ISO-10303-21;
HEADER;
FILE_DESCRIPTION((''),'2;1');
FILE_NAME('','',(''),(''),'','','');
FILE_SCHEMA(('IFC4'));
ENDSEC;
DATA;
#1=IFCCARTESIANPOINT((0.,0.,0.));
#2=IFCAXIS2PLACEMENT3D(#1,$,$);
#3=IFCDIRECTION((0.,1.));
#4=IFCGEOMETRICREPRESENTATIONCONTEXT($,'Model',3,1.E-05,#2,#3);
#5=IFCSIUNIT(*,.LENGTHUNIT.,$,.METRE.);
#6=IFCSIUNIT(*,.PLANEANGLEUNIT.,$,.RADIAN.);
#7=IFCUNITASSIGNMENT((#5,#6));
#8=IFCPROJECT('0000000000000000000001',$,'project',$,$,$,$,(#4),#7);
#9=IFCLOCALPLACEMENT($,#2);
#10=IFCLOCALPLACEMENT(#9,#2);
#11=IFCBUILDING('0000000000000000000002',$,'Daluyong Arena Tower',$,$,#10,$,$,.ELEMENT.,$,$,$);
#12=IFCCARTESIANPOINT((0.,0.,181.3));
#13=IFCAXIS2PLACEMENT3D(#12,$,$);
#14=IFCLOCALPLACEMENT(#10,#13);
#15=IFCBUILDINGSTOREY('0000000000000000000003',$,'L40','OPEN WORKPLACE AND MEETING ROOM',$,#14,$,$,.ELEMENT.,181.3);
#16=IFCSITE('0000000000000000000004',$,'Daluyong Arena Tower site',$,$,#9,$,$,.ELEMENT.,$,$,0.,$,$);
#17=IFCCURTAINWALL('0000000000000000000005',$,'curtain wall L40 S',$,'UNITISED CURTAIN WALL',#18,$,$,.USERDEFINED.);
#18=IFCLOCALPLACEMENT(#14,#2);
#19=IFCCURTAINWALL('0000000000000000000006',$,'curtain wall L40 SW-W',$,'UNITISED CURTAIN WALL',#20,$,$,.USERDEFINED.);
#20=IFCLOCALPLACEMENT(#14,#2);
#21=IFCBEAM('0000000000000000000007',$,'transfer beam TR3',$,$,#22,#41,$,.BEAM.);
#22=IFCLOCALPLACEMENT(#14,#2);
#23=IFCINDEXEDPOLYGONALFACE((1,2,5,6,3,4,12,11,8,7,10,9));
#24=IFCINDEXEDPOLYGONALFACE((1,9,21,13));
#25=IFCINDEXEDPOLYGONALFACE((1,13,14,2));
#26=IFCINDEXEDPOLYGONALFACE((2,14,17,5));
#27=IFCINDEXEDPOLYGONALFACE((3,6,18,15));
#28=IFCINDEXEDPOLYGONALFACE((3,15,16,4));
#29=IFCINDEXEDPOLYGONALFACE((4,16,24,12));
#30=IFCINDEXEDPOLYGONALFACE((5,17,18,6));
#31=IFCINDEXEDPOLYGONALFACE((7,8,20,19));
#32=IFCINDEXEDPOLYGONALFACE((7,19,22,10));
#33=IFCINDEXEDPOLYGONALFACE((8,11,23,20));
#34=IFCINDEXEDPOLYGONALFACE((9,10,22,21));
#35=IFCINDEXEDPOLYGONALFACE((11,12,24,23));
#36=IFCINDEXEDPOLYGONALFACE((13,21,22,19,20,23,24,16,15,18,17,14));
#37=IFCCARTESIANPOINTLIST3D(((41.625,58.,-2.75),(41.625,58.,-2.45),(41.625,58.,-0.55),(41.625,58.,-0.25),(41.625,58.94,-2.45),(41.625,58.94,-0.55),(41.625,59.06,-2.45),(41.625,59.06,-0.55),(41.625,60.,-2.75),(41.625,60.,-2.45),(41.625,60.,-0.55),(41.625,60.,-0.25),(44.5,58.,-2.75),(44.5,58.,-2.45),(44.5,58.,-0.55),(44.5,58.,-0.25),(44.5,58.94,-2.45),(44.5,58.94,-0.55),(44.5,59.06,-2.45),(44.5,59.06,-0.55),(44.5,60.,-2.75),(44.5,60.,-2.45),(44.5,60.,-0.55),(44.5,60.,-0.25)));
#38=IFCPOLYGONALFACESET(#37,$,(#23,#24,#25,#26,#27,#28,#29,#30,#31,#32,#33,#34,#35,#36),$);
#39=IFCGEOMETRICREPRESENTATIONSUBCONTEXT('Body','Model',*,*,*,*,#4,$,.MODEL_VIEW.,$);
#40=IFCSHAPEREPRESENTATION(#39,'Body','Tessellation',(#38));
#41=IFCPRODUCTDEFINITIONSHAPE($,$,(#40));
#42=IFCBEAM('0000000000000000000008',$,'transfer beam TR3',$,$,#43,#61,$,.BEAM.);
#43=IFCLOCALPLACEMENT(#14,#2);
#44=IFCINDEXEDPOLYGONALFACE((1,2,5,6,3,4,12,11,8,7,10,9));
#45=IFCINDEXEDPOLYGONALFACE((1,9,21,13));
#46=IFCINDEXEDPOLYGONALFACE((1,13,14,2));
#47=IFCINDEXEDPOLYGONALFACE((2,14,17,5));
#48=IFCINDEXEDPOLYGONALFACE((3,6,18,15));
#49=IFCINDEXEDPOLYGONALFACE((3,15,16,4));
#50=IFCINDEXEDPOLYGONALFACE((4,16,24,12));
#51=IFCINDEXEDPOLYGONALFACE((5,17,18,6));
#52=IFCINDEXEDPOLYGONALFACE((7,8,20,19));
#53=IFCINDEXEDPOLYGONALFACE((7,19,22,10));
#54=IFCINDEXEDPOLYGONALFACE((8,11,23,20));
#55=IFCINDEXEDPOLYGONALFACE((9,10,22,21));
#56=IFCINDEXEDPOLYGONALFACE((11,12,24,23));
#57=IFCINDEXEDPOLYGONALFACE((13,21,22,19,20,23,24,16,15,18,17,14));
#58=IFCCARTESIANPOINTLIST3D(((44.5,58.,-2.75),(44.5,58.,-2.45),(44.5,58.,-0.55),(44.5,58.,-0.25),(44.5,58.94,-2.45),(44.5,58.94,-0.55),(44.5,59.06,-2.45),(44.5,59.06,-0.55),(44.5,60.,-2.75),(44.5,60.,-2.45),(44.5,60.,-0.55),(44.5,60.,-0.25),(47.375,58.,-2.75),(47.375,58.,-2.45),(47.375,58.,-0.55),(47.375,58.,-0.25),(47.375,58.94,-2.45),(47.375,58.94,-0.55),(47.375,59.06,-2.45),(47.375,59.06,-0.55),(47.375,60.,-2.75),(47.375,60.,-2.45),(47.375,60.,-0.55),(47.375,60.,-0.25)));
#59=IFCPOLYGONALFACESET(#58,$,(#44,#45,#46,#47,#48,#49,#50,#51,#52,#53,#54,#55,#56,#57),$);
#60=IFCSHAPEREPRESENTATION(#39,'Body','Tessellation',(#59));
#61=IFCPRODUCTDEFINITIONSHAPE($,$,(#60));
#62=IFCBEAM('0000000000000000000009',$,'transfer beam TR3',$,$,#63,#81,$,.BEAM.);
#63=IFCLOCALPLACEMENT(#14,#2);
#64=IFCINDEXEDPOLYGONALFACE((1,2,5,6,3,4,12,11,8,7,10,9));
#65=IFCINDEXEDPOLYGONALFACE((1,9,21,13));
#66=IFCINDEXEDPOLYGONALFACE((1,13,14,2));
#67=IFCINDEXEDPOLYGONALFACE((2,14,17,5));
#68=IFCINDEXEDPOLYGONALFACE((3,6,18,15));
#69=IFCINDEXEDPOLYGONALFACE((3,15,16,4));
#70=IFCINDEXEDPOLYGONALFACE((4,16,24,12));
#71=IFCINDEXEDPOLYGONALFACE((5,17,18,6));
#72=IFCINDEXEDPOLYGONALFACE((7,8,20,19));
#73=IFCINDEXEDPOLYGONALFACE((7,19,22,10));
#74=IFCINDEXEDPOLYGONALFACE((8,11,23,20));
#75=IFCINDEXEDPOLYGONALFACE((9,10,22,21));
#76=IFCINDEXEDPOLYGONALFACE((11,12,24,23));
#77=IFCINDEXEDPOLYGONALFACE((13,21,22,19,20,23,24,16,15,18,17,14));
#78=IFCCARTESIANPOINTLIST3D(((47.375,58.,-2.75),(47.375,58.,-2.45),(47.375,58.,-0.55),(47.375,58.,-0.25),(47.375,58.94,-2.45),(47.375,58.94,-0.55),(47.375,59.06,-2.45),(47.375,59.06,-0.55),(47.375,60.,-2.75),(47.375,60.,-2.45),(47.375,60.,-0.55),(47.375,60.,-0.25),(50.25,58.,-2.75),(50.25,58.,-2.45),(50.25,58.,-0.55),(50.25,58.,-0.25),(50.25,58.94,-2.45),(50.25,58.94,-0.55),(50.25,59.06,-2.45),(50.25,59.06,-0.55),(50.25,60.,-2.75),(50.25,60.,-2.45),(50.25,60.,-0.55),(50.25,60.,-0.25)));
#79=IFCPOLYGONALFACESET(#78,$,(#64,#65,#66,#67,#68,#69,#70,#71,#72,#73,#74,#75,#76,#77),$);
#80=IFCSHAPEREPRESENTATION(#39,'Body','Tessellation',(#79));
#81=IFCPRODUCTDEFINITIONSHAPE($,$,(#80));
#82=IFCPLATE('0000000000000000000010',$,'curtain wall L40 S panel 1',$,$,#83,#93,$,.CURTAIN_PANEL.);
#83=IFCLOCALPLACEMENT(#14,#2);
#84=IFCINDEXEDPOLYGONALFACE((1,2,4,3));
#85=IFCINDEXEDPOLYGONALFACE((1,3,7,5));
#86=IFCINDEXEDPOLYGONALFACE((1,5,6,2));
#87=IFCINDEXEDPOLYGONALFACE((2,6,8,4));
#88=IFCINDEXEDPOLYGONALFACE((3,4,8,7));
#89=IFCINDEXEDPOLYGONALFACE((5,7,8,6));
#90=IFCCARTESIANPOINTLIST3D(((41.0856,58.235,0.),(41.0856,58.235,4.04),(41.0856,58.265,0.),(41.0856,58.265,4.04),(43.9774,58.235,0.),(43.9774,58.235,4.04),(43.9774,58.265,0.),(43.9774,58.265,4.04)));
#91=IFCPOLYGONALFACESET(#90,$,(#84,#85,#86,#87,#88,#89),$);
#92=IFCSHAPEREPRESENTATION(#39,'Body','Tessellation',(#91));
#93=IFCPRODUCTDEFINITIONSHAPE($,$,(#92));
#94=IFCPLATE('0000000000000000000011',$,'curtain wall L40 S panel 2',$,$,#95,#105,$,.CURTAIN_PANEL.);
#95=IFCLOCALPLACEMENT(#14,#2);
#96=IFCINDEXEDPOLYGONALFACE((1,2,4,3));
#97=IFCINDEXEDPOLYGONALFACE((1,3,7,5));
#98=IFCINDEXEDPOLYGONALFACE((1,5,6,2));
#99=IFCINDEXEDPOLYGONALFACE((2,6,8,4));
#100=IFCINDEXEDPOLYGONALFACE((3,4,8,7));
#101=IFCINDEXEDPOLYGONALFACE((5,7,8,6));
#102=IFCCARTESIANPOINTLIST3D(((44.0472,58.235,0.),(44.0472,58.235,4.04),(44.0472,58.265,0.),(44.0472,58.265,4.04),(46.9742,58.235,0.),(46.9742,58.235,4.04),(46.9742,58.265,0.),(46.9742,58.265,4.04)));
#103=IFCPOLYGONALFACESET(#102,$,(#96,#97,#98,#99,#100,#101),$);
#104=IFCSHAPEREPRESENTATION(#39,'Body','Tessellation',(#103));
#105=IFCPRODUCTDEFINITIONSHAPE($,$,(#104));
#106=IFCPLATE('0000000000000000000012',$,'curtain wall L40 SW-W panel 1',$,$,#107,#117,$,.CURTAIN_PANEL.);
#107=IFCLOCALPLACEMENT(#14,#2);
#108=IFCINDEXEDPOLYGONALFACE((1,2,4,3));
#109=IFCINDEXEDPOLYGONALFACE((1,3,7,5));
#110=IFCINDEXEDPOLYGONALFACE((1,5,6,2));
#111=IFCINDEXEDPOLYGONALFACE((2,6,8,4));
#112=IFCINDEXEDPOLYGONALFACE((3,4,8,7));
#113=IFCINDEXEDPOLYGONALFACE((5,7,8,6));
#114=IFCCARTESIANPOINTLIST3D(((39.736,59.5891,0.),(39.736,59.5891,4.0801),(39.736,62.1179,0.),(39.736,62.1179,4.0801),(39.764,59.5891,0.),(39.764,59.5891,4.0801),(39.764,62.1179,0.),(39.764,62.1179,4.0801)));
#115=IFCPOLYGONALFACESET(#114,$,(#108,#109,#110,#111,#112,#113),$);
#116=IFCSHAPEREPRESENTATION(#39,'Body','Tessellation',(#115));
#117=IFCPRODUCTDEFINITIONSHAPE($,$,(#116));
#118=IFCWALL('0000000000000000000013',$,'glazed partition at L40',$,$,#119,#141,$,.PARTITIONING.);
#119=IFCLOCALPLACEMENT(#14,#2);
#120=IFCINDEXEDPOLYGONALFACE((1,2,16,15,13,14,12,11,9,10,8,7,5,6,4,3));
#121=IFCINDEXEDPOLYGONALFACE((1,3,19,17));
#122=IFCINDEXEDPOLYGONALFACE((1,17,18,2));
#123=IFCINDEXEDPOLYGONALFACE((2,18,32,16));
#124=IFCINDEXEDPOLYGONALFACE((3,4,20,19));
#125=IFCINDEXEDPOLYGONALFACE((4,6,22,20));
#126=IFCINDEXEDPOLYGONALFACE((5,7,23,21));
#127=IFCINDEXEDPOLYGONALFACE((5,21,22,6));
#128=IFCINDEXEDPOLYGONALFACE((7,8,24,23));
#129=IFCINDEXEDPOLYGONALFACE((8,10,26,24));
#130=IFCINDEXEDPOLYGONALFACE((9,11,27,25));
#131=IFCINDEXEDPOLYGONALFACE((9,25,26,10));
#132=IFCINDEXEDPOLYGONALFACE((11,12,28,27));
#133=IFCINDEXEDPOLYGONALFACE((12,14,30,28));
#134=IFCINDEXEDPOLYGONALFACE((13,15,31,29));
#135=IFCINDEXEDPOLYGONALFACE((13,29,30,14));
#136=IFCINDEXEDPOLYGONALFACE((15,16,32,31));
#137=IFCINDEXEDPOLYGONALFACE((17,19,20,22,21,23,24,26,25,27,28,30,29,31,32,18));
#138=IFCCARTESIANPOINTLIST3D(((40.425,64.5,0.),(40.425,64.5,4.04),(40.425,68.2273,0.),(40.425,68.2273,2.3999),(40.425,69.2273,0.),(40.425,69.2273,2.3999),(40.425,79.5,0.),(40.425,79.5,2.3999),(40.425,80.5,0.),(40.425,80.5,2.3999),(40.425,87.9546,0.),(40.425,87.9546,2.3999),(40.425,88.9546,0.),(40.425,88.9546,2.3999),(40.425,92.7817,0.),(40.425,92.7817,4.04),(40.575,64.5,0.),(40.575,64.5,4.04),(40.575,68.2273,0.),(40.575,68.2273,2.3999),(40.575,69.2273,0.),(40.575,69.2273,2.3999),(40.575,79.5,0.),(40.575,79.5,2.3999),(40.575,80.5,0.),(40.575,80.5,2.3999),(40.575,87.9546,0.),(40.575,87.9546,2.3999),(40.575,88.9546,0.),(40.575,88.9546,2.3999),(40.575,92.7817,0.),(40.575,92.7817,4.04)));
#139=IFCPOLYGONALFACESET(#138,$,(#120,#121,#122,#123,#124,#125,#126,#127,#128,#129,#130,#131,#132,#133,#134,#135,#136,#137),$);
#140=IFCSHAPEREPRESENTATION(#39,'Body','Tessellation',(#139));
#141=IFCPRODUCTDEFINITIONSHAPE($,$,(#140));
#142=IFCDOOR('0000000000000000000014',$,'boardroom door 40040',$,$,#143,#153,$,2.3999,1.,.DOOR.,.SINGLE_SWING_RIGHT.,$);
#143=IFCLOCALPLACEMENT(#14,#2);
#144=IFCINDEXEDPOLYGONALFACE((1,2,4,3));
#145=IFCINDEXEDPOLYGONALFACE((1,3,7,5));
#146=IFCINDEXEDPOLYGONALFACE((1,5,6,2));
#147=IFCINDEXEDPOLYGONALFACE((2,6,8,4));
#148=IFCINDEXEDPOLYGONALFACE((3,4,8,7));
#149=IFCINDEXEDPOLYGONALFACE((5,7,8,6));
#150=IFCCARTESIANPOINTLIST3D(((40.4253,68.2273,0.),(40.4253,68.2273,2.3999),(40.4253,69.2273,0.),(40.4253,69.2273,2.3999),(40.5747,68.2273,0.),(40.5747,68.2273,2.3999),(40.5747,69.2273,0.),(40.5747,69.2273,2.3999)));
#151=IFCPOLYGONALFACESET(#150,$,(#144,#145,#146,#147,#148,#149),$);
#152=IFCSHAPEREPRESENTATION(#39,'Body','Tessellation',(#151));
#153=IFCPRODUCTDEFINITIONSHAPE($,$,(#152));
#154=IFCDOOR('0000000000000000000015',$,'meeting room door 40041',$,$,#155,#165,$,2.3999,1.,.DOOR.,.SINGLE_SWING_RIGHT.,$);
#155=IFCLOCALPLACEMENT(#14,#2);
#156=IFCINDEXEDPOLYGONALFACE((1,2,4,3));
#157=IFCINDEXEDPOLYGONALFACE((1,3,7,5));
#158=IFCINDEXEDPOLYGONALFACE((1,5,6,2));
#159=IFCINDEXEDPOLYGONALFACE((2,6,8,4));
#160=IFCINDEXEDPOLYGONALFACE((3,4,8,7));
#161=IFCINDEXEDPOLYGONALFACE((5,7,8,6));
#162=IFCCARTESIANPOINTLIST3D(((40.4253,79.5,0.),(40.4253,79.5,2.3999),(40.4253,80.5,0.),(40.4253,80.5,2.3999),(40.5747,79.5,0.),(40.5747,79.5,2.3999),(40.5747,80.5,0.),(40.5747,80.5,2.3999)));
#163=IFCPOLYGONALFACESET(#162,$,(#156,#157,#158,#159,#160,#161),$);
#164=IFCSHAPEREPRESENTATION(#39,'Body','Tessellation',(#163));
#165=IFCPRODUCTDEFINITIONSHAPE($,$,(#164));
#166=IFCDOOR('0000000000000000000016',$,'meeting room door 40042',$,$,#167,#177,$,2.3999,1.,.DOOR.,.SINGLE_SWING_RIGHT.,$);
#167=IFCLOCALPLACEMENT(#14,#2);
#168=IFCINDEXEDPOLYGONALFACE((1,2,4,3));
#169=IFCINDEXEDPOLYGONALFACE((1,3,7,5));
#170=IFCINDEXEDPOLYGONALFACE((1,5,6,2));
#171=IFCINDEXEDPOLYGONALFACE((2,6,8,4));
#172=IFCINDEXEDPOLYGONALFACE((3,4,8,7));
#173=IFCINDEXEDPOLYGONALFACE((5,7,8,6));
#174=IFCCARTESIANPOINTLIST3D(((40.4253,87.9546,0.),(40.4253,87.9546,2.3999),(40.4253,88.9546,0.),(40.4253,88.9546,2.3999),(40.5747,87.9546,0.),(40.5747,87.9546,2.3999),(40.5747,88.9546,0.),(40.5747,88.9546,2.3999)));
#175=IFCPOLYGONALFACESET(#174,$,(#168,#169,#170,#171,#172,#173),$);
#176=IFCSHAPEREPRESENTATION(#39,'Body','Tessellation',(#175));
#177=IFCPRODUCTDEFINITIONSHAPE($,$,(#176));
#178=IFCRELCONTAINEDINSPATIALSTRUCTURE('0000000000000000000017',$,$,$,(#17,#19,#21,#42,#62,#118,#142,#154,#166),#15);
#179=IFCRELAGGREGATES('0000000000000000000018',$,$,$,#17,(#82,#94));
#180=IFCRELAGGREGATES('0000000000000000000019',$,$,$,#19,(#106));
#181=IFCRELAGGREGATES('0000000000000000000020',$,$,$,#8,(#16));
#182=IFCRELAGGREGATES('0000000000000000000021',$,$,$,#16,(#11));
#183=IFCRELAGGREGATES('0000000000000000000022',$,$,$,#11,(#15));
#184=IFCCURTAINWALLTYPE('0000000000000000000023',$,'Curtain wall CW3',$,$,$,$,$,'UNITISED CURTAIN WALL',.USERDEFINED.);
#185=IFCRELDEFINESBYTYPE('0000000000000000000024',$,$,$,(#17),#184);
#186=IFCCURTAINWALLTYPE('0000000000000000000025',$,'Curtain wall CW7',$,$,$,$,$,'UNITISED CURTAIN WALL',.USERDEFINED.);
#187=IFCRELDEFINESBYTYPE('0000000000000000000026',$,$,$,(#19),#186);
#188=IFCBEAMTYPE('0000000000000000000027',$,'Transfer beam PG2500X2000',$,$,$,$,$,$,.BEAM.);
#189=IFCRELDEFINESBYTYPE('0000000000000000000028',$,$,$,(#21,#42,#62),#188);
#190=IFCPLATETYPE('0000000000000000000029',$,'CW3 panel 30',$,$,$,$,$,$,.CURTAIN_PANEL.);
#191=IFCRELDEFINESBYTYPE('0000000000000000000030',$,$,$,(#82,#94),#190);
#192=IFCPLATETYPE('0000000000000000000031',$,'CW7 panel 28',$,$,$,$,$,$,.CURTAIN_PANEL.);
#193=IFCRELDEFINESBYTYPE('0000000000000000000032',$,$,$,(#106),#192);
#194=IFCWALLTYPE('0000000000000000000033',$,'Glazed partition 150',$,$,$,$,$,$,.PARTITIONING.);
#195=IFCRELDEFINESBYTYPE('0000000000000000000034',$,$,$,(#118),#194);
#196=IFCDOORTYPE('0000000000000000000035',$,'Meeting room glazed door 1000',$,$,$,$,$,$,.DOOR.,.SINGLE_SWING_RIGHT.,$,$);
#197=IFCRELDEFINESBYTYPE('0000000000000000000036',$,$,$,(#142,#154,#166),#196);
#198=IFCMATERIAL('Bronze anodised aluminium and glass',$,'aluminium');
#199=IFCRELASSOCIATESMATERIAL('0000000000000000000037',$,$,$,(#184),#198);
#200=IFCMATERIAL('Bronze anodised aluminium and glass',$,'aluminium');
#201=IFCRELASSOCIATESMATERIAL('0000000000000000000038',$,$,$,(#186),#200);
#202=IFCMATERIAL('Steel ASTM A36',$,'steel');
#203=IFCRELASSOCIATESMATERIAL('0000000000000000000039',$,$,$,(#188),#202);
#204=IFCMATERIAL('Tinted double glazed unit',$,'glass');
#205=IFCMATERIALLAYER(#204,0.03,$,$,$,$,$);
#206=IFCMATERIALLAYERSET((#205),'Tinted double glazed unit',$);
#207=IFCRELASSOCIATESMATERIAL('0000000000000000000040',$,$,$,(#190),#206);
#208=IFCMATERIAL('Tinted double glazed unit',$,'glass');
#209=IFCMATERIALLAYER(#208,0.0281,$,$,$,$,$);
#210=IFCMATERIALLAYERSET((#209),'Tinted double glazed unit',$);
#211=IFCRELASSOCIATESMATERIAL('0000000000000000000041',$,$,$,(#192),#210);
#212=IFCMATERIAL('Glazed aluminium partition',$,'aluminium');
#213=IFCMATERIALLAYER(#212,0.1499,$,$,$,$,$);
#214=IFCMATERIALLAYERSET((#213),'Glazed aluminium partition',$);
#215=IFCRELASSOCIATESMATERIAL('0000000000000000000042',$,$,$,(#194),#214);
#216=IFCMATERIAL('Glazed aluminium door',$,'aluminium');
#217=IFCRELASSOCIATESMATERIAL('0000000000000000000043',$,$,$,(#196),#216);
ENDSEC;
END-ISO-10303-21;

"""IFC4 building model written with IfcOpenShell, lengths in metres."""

from ifc_helpers import new_model, si_unit, direction, frame, frame_2d, origin, origin_2d, place, context, subcontext, project, spatial, rectangle, i_section, extrude, material, layer, layer_set, material_profile, profile_set, type_object, element, fill, aggregate, save


model = new_model("IFC4")

# Units and contexts
model_context = context("Model", 3, precision=1e-05, world=origin(), true_north=direction((0.0, 1.0)))
body_context = subcontext(model_context, "Body", "Model", "MODEL_VIEW")
ifc_project = project(units=[si_unit("LENGTHUNIT", "METRE"), si_unit("PLANEANGLEUNIT", "RADIAN")], contexts=[model_context])

# Site, building, storey
site_placement = place(None, origin())
site = spatial("IfcSite", under=ifc_project, at=site_placement, Name="Daluyong Arena Tower site", CompositionType="ELEMENT", RefElevation=0.0)
building_placement = place(site_placement, origin())
building = spatial("IfcBuilding", under=site, at=building_placement, Name="Daluyong Arena Tower", CompositionType="ELEMENT")
storey_placement = place(building_placement, frame((0.0, 0.0, 181.3)))
storey = spatial("IfcBuildingStorey", under=building, at=storey_placement, Name="L40", Description="OPEN WORKPLACE AND MEETING ROOM", CompositionType="ELEMENT", Elevation=181.3)

# Curtain walls
ifc_material_1 = material(Name="Bronze anodised aluminium and glass", Category="aluminium")
curtain_wall_type_1 = type_object("IfcCurtainWallType", Name="Curtain wall CW3", ElementType="UNITISED CURTAIN WALL", PredefinedType="USERDEFINED", material=ifc_material_1)
curtain_wall_1_placement = place(storey_placement, origin())
curtain_wall_1 = element("IfcCurtainWall", 1, at=curtain_wall_1_placement, inside=storey, type_object=curtain_wall_type_1, Name="curtain wall L40 S", ObjectType="UNITISED CURTAIN WALL", PredefinedType="USERDEFINED")
ifc_material_2 = material(Name="Bronze anodised aluminium and glass", Category="aluminium")
curtain_wall_type_2 = type_object("IfcCurtainWallType", Name="Curtain wall CW7", ElementType="UNITISED CURTAIN WALL", PredefinedType="USERDEFINED", material=ifc_material_2)
curtain_wall_2_placement = place(storey_placement, origin())
curtain_wall_2 = element("IfcCurtainWall", 2, at=curtain_wall_2_placement, inside=storey, type_object=curtain_wall_type_2, Name="curtain wall L40 SW-W", ObjectType="UNITISED CURTAIN WALL", PredefinedType="USERDEFINED")

# Beams
ifc_material_3 = material(Name="Steel ASTM A36", Category="steel")
ifc_material_profile_1 = material_profile(ifc_material_3, i_section(OverallWidth=2.0, OverallDepth=2.5, WebThickness=0.12, FlangeThickness=0.3, at=origin_2d()))
ifc_profile_set_1 = profile_set([ifc_material_profile_1], Name="Steel ASTM A36")
beam_type_1 = type_object("IfcBeamType", Name="Transfer beam PG2500X2000", PredefinedType="BEAM", material=ifc_profile_set_1)
for number, where, z_axis, x_axis, name in (
    (3, (41.625, 59.0, -1.5), (1.0, 0.0, 0.0), (0.0, 1.0, 0.0), "transfer beam TR3"),
    (4, (44.5, 59.0, -1.5), (1.0, 0.0, 0.0), (0.0, 1.0, 0.0), "transfer beam TR3"),
    (5, (47.375, 59.0, -1.5), (1.0, 0.0, 0.0), (0.0, 1.0, 0.0), "transfer beam TR3"),
):
    element("IfcBeam", number, at=place(storey_placement, frame(where, z_axis=z_axis, x_axis=x_axis)), inside=storey, type_object=beam_type_1, Name=name, PredefinedType="BEAM", context=body_context, shape_type="SweptSolid", body=[
        extrude(i_section(OverallWidth=2.0, OverallDepth=2.5, WebThickness=0.12, FlangeThickness=0.3, at=origin_2d()), origin(), (0.0, 0.0, 1.0), 2.875),
    ])

# Plates
ifc_material_4 = material(Name="Tinted double glazed unit", Category="glass")
ifc_layer_1 = layer(ifc_material_4, 0.03)
ifc_layer_set_1 = layer_set([ifc_layer_1], Name="Tinted double glazed unit")
plate_type_1 = type_object("IfcPlateType", Name="CW3 panel 30", PredefinedType="CURTAIN_PANEL", material=ifc_layer_set_1)
plate_1_placement = place(storey_placement, frame((42.5315, 58.25, 0.0), z_axis=(0.0, 0.0, 1.0), x_axis=(1.0, 0.0, 0.0)))
plate_1 = element("IfcPlate", 6, at=plate_1_placement, type_object=plate_type_1, Name="curtain wall L40 S panel 1", PredefinedType="CURTAIN_PANEL", context=body_context, shape_type="SweptSolid", body=[
    extrude(rectangle(XDim=2.8918, YDim=0.03, at=origin_2d()), origin(), (0.0, 0.0, 1.0), 4.04),
])
plate_2_placement = place(storey_placement, frame((45.5107, 58.25, 0.0), z_axis=(0.0, 0.0, 1.0), x_axis=(1.0, 0.0, 0.0)))
plate_2 = element("IfcPlate", 7, at=plate_2_placement, type_object=plate_type_1, Name="curtain wall L40 S panel 2", PredefinedType="CURTAIN_PANEL", context=body_context, shape_type="SweptSolid", body=[
    extrude(rectangle(XDim=2.927, YDim=0.03, at=origin_2d()), origin(), (0.0, 0.0, 1.0), 4.04),
])
aggregate(curtain_wall_1, [plate_1, plate_2])
ifc_material_5 = material(Name="Tinted double glazed unit", Category="glass")
ifc_layer_2 = layer(ifc_material_5, 0.0281)
ifc_layer_set_2 = layer_set([ifc_layer_2], Name="Tinted double glazed unit")
plate_type_2 = type_object("IfcPlateType", Name="CW7 panel 28", PredefinedType="CURTAIN_PANEL", material=ifc_layer_set_2)
plate_3_placement = place(storey_placement, frame((39.75, 60.8535, 0.0), z_axis=(0.0, 0.0, 1.0), x_axis=(0.0, -1.0, 0.0)))
plate_3 = element("IfcPlate", 8, at=plate_3_placement, type_object=plate_type_2, Name="curtain wall L40 SW-W panel 1", PredefinedType="CURTAIN_PANEL", context=body_context, shape_type="SweptSolid", body=[
    extrude(rectangle(XDim=2.5288, YDim=0.0281, at=origin_2d()), origin(), (0.0, 0.0, 1.0), 4.0801),
])
aggregate(curtain_wall_2, [plate_3])

# Wall, openings, doors
ifc_material_6 = material(Name="Glazed aluminium partition", Category="aluminium")
ifc_layer_3 = layer(ifc_material_6, 0.1499)
ifc_layer_set_3 = layer_set([ifc_layer_3], Name="Glazed aluminium partition")
wall_type_1 = type_object("IfcWallType", Name="Glazed partition 150", PredefinedType="PARTITIONING", material=ifc_layer_set_3)
wall_1_placement = place(storey_placement, frame((40.5, 64.5, 0.0), z_axis=(0.0, 0.0, 1.0), x_axis=(0.0, 1.0, 0.0)))
wall_1 = element("IfcWall", 9, at=wall_1_placement, inside=storey, type_object=wall_type_1, Name="glazed partition at L40", PredefinedType="PARTITIONING", context=body_context, shape_type="SweptSolid", body=[
    extrude(rectangle(XDim=28.2817, YDim=0.1499, at=frame_2d((14.1409, 0.0))), origin(), (0.0, 0.0, 1.0), 4.04),
])
opening_1_placement = place(wall_1_placement, frame((3.7273, 0.0, 0.0)))
opening_1 = element("IfcOpeningElement", 10, at=opening_1_placement, cuts=wall_1, PredefinedType="OPENING", context=body_context, shape_type="SweptSolid", body=[
    extrude(rectangle(XDim=1.0, YDim=2.3999, at=frame_2d((0.5, 1.2))), frame((0.0, 0.085, 0.0), z_axis=(0.0, -1.0, 0.0), x_axis=(1.0, 0.0, 0.0)), (0.0, 0.0, 1.0), 0.1699),
])
opening_2_placement = place(wall_1_placement, frame((15.0, 0.0, 0.0)))
opening_2 = element("IfcOpeningElement", 11, at=opening_2_placement, cuts=wall_1, PredefinedType="OPENING", context=body_context, shape_type="SweptSolid", body=[
    extrude(rectangle(XDim=1.0, YDim=2.3999, at=frame_2d((0.5, 1.2))), frame((0.0, 0.085, 0.0), z_axis=(0.0, -1.0, 0.0), x_axis=(1.0, 0.0, 0.0)), (0.0, 0.0, 1.0), 0.1699),
])
opening_3_placement = place(wall_1_placement, frame((23.4546, 0.0, 0.0)))
opening_3 = element("IfcOpeningElement", 12, at=opening_3_placement, cuts=wall_1, PredefinedType="OPENING", context=body_context, shape_type="SweptSolid", body=[
    extrude(rectangle(XDim=1.0, YDim=2.3999, at=frame_2d((0.5, 1.2))), frame((0.0, 0.085, 0.0), z_axis=(0.0, -1.0, 0.0), x_axis=(1.0, 0.0, 0.0)), (0.0, 0.0, 1.0), 0.1699),
])
ifc_material_7 = material(Name="Glazed aluminium door", Category="aluminium")
door_type = type_object("IfcDoorType", Name="Meeting room glazed door 1000", OperationType="SINGLE_SWING_RIGHT", PredefinedType="DOOR", material=ifc_material_7)
door_1_placement = place(opening_1_placement, origin())
door_1 = element("IfcDoor", 13, at=door_1_placement, inside=storey, type_object=door_type, Name="boardroom door 40040", OperationType="SINGLE_SWING_RIGHT", OverallHeight=2.3999, OverallWidth=1.0, PredefinedType="DOOR", context=body_context, shape_type="SweptSolid", body=[
    extrude(rectangle(XDim=1.0, YDim=2.3999, at=frame_2d((0.5, 1.2))), frame((0.0, 0.0747, 0.0), z_axis=(0.0, -1.0, 0.0), x_axis=(1.0, 0.0, 0.0)), (0.0, 0.0, 1.0), 0.1494),
])
fill(opening_1, door_1)
door_2_placement = place(opening_2_placement, origin())
door_2 = element("IfcDoor", 14, at=door_2_placement, inside=storey, type_object=door_type, Name="meeting room door 40041", OperationType="SINGLE_SWING_RIGHT", OverallHeight=2.3999, OverallWidth=1.0, PredefinedType="DOOR", context=body_context, shape_type="SweptSolid", body=[
    extrude(rectangle(XDim=1.0, YDim=2.3999, at=frame_2d((0.5, 1.2))), frame((0.0, 0.0747, 0.0), z_axis=(0.0, -1.0, 0.0), x_axis=(1.0, 0.0, 0.0)), (0.0, 0.0, 1.0), 0.1494),
])
fill(opening_2, door_2)
door_3_placement = place(opening_3_placement, origin())
door_3 = element("IfcDoor", 15, at=door_3_placement, inside=storey, type_object=door_type, Name="meeting room door 40042", OperationType="SINGLE_SWING_RIGHT", OverallHeight=2.3999, OverallWidth=1.0, PredefinedType="DOOR", context=body_context, shape_type="SweptSolid", body=[
    extrude(rectangle(XDim=1.0, YDim=2.3999, at=frame_2d((0.5, 1.2))), frame((0.0, 0.0747, 0.0), z_axis=(0.0, -1.0, 0.0), x_axis=(1.0, 0.0, 0.0)), (0.0, 0.0, 1.0), 0.1494),
])
fill(opening_3, door_3)

save(model, "model.ifc")
